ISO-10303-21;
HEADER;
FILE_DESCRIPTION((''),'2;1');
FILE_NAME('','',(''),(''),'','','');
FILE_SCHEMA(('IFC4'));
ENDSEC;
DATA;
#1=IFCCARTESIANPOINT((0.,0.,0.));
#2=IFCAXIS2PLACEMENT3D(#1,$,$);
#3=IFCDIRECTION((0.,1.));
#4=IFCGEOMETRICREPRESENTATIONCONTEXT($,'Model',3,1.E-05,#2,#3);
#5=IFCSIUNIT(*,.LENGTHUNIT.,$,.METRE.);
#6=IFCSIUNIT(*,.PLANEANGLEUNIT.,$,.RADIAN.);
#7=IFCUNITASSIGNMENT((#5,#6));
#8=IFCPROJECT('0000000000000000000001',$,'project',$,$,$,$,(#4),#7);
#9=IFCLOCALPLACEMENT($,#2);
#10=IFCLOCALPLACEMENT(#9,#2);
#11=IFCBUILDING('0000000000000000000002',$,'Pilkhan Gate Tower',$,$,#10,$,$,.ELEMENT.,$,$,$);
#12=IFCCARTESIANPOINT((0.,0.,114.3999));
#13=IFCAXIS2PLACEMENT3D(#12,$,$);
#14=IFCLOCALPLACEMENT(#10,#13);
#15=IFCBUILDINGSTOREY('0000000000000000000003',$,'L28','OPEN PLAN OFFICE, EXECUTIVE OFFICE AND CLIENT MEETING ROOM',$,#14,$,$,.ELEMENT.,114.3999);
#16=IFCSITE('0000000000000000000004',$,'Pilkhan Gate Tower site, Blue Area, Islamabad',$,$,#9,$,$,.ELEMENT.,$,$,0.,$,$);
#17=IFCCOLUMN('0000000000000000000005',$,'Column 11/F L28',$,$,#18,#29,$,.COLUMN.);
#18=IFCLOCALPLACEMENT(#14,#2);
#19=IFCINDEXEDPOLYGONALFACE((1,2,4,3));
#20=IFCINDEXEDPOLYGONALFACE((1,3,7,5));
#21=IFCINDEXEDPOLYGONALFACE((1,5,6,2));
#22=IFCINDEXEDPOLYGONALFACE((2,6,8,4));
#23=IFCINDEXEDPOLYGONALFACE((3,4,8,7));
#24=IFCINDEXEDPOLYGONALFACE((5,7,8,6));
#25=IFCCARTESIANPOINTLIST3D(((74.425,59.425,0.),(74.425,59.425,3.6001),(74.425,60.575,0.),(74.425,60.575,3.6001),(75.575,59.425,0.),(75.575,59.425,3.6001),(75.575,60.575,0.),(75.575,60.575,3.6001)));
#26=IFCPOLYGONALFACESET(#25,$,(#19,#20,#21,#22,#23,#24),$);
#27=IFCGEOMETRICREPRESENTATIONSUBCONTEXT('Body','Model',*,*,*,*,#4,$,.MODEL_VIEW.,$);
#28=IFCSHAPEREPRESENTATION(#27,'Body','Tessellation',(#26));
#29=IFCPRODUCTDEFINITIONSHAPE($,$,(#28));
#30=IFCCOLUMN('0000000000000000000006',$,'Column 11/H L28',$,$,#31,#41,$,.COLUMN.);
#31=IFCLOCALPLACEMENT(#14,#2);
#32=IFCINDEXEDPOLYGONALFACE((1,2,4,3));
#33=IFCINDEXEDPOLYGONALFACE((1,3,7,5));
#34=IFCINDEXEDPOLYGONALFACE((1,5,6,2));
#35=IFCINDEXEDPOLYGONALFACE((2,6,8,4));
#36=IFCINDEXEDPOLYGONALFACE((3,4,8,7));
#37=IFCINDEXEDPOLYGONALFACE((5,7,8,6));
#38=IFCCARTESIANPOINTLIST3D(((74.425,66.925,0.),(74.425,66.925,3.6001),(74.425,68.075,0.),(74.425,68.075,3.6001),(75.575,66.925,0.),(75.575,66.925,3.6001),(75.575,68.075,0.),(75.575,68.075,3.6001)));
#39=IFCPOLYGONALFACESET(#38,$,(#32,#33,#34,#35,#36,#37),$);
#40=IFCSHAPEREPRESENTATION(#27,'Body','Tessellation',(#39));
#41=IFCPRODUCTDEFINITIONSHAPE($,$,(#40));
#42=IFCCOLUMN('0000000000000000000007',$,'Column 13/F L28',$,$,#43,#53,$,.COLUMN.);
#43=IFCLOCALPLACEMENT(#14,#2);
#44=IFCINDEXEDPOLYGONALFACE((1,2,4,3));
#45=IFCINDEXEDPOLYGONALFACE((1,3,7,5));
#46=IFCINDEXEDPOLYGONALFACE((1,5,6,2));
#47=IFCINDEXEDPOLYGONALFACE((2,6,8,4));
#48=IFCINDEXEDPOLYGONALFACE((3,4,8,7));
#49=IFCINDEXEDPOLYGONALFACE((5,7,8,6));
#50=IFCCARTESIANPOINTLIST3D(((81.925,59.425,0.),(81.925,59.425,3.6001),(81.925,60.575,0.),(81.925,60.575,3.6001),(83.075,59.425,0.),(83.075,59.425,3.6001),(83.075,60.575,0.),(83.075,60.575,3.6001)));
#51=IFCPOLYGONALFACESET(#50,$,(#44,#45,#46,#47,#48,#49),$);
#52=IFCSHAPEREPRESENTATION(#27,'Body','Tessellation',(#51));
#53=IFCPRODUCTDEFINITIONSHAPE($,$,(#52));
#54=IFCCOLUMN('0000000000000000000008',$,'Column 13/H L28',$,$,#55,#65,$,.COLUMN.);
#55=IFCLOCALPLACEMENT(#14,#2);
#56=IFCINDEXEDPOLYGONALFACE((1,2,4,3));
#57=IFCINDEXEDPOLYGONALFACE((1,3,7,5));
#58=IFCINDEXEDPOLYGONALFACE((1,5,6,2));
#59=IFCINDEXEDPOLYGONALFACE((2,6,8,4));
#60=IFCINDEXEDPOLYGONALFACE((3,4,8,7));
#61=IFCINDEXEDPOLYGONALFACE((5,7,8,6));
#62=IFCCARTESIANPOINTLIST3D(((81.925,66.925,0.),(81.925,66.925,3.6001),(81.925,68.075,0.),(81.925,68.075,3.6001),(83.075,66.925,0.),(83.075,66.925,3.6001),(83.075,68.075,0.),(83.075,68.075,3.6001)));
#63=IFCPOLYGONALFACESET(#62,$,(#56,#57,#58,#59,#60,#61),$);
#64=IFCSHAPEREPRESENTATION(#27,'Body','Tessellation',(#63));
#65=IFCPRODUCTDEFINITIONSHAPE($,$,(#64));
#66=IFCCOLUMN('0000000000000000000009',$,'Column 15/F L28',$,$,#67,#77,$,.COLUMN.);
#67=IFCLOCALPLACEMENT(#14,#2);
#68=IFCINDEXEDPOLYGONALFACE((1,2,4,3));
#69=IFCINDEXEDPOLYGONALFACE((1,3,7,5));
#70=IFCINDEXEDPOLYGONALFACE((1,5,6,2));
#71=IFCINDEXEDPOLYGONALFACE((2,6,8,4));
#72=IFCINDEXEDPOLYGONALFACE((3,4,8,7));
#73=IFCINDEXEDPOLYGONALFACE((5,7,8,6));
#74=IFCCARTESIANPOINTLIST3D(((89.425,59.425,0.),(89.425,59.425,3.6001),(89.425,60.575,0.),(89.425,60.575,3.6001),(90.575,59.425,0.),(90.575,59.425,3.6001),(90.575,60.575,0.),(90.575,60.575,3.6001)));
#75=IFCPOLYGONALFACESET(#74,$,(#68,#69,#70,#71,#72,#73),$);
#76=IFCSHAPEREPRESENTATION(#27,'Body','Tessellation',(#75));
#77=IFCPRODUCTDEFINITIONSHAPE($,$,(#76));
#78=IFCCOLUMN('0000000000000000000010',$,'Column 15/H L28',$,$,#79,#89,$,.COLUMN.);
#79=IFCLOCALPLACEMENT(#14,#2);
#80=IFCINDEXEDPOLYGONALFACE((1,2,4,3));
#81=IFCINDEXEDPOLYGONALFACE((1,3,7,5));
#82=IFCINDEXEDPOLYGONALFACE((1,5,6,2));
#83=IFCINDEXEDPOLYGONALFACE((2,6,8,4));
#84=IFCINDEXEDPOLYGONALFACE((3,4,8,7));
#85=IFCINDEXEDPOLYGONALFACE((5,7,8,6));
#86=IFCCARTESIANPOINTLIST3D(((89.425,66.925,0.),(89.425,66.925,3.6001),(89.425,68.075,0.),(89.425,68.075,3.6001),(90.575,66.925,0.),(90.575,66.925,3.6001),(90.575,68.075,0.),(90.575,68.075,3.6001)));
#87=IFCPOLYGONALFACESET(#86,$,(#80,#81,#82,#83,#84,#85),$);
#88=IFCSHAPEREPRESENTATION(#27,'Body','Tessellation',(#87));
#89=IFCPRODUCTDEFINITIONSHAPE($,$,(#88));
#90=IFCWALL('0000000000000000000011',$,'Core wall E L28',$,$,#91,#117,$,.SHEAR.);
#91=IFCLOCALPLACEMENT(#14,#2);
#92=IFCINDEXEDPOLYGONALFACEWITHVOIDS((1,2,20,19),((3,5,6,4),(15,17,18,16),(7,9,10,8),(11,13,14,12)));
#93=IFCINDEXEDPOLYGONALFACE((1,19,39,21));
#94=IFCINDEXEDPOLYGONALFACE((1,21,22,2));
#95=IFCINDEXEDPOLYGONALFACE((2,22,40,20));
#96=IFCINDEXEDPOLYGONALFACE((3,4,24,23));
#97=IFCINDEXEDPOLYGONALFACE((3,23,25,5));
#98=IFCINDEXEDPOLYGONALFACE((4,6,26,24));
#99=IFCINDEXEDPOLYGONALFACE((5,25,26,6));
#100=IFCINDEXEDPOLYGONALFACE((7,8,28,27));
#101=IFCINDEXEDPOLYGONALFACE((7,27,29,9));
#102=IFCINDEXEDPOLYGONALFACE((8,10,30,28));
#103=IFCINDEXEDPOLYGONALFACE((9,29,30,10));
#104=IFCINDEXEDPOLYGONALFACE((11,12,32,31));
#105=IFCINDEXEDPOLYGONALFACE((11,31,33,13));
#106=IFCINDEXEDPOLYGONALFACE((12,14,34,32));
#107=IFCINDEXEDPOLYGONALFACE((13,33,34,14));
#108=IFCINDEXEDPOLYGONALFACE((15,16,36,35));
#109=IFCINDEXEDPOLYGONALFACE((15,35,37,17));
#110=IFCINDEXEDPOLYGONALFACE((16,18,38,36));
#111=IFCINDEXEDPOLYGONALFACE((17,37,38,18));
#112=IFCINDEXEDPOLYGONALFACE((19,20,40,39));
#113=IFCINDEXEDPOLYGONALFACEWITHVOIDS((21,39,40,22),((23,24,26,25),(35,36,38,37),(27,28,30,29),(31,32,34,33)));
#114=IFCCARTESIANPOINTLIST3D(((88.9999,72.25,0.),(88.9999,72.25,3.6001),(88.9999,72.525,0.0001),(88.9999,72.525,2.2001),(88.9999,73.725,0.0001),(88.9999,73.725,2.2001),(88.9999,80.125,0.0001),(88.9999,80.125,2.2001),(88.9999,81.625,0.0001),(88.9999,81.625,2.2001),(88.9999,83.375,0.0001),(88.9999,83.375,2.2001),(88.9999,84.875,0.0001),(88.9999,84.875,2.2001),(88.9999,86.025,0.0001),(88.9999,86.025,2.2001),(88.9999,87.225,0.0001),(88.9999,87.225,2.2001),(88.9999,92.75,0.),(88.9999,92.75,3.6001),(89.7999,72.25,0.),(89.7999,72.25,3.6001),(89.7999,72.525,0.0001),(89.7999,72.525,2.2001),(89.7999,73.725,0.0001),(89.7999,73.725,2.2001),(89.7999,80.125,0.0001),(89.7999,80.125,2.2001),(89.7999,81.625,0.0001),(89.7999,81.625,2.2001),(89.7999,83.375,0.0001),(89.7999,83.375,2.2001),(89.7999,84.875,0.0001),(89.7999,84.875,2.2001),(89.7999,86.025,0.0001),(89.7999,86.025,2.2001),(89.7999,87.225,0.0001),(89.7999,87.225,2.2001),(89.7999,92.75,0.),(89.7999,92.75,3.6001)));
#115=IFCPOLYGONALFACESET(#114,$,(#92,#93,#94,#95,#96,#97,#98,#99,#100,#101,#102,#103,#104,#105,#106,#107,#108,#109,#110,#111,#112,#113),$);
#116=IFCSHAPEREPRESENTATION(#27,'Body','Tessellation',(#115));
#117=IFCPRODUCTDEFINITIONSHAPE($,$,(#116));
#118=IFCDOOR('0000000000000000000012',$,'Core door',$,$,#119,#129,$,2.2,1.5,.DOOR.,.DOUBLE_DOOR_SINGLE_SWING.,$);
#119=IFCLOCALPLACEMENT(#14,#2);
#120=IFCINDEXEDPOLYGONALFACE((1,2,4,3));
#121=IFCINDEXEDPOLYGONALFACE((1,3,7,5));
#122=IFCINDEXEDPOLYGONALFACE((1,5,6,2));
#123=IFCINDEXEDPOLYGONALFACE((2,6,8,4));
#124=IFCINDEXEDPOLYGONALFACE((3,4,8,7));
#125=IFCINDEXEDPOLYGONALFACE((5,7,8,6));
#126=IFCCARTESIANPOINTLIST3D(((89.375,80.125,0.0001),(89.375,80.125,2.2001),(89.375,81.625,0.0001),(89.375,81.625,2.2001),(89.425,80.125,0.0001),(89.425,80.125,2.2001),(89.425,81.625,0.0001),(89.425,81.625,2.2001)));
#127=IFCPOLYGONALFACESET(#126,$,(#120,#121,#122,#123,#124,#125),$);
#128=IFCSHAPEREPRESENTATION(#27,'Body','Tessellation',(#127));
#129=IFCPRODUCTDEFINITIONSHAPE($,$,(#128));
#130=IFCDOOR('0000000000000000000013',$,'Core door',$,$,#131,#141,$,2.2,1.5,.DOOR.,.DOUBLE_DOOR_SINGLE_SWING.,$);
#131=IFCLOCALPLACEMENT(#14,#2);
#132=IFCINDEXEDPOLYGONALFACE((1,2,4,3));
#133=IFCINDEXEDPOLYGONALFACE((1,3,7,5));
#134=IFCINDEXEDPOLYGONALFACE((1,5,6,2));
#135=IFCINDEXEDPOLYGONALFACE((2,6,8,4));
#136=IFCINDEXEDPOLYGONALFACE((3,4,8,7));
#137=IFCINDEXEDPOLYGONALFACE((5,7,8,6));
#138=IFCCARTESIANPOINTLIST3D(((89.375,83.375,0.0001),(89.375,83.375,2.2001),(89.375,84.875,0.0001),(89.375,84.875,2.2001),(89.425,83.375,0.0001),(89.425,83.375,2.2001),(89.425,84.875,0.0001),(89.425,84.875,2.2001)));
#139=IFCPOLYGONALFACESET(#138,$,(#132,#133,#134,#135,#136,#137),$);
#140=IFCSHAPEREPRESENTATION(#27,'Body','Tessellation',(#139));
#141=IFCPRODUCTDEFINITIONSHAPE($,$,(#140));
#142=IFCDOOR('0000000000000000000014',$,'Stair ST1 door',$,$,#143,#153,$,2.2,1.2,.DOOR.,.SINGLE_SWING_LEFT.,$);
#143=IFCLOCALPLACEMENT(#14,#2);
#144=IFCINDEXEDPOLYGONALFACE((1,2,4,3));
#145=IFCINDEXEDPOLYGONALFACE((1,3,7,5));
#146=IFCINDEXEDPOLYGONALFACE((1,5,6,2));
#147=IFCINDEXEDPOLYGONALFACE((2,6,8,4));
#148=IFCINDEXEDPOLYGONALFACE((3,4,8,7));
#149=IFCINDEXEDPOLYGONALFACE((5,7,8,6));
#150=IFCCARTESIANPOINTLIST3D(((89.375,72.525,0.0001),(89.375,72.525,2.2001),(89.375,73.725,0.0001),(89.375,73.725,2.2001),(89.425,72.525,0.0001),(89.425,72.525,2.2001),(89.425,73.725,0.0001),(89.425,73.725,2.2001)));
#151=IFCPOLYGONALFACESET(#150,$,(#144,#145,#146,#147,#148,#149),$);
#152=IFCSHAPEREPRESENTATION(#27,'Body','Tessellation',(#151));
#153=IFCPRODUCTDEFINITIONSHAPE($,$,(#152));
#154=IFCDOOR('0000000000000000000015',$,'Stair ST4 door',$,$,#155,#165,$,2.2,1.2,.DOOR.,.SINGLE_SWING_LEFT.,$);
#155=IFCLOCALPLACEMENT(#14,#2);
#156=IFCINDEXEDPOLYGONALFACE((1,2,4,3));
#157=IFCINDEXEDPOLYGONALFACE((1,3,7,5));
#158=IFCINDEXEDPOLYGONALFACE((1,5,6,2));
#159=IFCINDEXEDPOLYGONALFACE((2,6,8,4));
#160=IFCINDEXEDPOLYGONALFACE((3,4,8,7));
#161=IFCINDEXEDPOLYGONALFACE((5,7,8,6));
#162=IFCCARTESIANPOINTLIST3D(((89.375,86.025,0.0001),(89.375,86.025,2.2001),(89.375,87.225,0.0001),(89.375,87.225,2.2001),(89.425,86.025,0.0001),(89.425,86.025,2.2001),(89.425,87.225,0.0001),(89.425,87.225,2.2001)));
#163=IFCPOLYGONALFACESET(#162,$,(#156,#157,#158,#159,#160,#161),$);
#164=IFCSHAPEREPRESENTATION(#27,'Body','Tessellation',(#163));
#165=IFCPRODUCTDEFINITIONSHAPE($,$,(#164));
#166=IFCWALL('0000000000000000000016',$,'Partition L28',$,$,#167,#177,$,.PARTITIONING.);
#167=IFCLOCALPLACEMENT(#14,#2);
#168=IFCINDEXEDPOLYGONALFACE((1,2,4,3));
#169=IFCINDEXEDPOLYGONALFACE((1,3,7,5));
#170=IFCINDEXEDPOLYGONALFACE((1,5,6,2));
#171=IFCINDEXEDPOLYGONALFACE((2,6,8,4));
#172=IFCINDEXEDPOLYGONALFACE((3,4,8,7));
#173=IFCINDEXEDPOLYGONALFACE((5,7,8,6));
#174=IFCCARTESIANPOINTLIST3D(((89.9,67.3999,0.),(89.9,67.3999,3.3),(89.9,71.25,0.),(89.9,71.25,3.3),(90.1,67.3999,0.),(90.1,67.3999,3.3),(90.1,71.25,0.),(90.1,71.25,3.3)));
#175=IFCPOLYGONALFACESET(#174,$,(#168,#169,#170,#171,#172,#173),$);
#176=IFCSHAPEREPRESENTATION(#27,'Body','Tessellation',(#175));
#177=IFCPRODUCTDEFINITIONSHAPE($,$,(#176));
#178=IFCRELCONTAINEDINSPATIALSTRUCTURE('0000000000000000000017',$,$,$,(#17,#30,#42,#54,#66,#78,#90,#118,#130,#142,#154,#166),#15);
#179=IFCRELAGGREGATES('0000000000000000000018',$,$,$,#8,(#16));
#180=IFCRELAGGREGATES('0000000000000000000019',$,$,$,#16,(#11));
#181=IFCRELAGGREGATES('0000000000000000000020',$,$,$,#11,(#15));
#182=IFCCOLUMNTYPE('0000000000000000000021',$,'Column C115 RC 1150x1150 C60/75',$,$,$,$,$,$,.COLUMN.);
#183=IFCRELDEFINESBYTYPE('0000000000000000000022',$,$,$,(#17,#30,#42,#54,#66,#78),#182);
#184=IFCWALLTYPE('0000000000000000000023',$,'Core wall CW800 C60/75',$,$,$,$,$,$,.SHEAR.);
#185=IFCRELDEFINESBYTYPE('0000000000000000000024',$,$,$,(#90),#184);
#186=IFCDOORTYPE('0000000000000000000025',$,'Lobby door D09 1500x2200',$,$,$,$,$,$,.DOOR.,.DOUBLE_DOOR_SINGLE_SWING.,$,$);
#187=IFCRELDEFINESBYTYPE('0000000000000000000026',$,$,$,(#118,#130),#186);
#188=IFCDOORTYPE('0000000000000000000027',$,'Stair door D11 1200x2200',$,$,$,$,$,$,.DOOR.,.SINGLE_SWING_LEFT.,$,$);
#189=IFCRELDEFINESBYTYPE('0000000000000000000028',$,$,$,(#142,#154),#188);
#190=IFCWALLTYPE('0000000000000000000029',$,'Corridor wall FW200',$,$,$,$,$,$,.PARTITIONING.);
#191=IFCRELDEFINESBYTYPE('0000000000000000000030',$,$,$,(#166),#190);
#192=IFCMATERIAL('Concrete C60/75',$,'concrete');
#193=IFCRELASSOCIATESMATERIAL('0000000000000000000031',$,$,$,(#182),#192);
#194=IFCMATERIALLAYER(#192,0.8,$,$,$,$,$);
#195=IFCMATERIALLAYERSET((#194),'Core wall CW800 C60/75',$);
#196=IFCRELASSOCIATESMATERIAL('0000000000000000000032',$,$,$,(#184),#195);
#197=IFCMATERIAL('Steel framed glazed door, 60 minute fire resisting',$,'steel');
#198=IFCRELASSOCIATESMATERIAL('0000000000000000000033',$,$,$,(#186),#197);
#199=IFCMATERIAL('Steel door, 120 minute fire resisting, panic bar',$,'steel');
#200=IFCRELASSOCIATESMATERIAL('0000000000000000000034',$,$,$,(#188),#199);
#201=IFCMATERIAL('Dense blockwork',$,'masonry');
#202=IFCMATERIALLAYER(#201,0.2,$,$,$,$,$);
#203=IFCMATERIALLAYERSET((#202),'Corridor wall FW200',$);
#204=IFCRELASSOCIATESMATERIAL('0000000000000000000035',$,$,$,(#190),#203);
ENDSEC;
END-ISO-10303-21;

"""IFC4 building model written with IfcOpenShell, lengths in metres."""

from ifc_helpers import new_model, si_unit, direction, frame, frame_2d, origin, origin_2d, place, context, subcontext, project, spatial, rectangle, extrude, material, layer, layer_set, material_profile, profile_set, type_object, element, fill, save


model = new_model("IFC4")

# Units and contexts
model_context = context("Model", 3, precision=1e-05, world=origin(), true_north=direction((0.0, 1.0)))
body_context = subcontext(model_context, "Body", "Model", "MODEL_VIEW")
ifc_project = project(units=[si_unit("LENGTHUNIT", "METRE"), si_unit("PLANEANGLEUNIT", "RADIAN")], contexts=[model_context])

# Site, building, storey
site_placement = place(None, origin())
site = spatial("IfcSite", under=ifc_project, at=site_placement, Name="Pilkhan Gate Tower site, Blue Area, Islamabad", CompositionType="ELEMENT", RefElevation=0.0)
building_placement = place(site_placement, origin())
building = spatial("IfcBuilding", under=site, at=building_placement, Name="Pilkhan Gate Tower", CompositionType="ELEMENT")
storey_placement = place(building_placement, frame((0.0, 0.0, 114.3999)))
storey = spatial("IfcBuildingStorey", under=building, at=storey_placement, Name="L28", Description="OPEN PLAN OFFICE, EXECUTIVE OFFICE AND CLIENT MEETING ROOM", CompositionType="ELEMENT", Elevation=114.3999)

# Columns
ifc_material_1 = material(Name="Concrete C60/75", Category="concrete")
ifc_material_profile = material_profile(ifc_material_1, rectangle(XDim=1.1499, YDim=1.1499, at=origin_2d()), Name="RC 1150x1150")
ifc_profile_set = profile_set([ifc_material_profile], Name="Concrete C60/75")
column_type = type_object("IfcColumnType", Name="Column C115 RC 1150x1150 C60/75", PredefinedType="COLUMN", material=ifc_profile_set)
for number, where, z_axis, x_axis, name in (
    (1, (75.0, 60.0, 0.0), (0.0, 0.0, 1.0), (1.0, 0.0, 0.0), "Column 11/F L28"),
    (2, (75.0, 67.5, 0.0), (0.0, 0.0, 1.0), (1.0, 0.0, 0.0), "Column 11/H L28"),
    (3, (82.5, 60.0, 0.0), (0.0, 0.0, 1.0), (1.0, 0.0, 0.0), "Column 13/F L28"),
    (4, (82.5, 67.5, 0.0), (0.0, 0.0, 1.0), (1.0, 0.0, 0.0), "Column 13/H L28"),
    (5, (90.0, 60.0, 0.0), (0.0, 0.0, 1.0), (1.0, 0.0, 0.0), "Column 15/F L28"),
    (6, (90.0, 67.5, 0.0), (0.0, 0.0, 1.0), (1.0, 0.0, 0.0), "Column 15/H L28"),
):
    element("IfcColumn", number, at=place(storey_placement, frame(where, z_axis=z_axis, x_axis=x_axis)), inside=storey, type_object=column_type, Name=name, PredefinedType="COLUMN", context=body_context, shape_type="SweptSolid", body=[
        extrude(rectangle(XDim=1.1499, YDim=1.1499, at=origin_2d()), origin(), (0.0, 0.0, 1.0), 3.6001),
    ])

# Wall, openings, doors
ifc_layer_1 = layer(ifc_material_1, 0.8)
ifc_layer_set_1 = layer_set([ifc_layer_1], Name="Core wall CW800 C60/75")
wall_type_1 = type_object("IfcWallType", Name="Core wall CW800 C60/75", PredefinedType="SHEAR", material=ifc_layer_set_1)
wall_1_placement = place(storey_placement, frame((89.3999, 72.25, 0.0), z_axis=(0.0, 0.0, 1.0), x_axis=(0.0, 1.0, 0.0)))
wall_1 = element("IfcWall", 7, at=wall_1_placement, inside=storey, type_object=wall_type_1, Name="Core wall E L28", PredefinedType="SHEAR", context=body_context, shape_type="SweptSolid", body=[
    extrude(rectangle(XDim=20.5, YDim=0.8, at=frame_2d((10.25, 0.0))), origin(), (0.0, 0.0, 1.0), 3.6001),
])
opening_1_placement = place(wall_1_placement, frame((0.2749, 0.0, 0.0)))
opening_1 = element("IfcOpeningElement", 8, at=opening_1_placement, cuts=wall_1, PredefinedType="OPENING", context=body_context, shape_type="SweptSolid", body=[
    extrude(rectangle(XDim=1.2, YDim=2.2, at=frame_2d((0.6001, 1.1001))), frame((0.0, 0.4099, 0.0), z_axis=(0.0, -1.0, 0.0), x_axis=(1.0, 0.0, 0.0)), (0.0, 0.0, 1.0), 0.8201),
])
opening_2_placement = place(wall_1_placement, frame((13.7749, 0.0, 0.0)))
opening_2 = element("IfcOpeningElement", 9, at=opening_2_placement, cuts=wall_1, PredefinedType="OPENING", context=body_context, shape_type="SweptSolid", body=[
    extrude(rectangle(XDim=1.2, YDim=2.2, at=frame_2d((0.6001, 1.1001))), frame((0.0, 0.4099, 0.0), z_axis=(0.0, -1.0, 0.0), x_axis=(1.0, 0.0, 0.0)), (0.0, 0.0, 1.0), 0.8201),
])
opening_3_placement = place(wall_1_placement, frame((7.875, 0.0, 0.0)))
opening_3 = element("IfcOpeningElement", 10, at=opening_3_placement, cuts=wall_1, PredefinedType="OPENING", context=body_context, shape_type="SweptSolid", body=[
    extrude(rectangle(XDim=1.5, YDim=2.2, at=frame_2d((0.75, 1.1001))), frame((0.0, 0.4099, 0.0), z_axis=(0.0, -1.0, 0.0), x_axis=(1.0, 0.0, 0.0)), (0.0, 0.0, 1.0), 0.8201),
])
opening_4_placement = place(wall_1_placement, frame((11.125, 0.0, 0.0)))
opening_4 = element("IfcOpeningElement", 11, at=opening_4_placement, cuts=wall_1, PredefinedType="OPENING", context=body_context, shape_type="SweptSolid", body=[
    extrude(rectangle(XDim=1.5, YDim=2.2, at=frame_2d((0.75, 1.1001))), frame((0.0, 0.4099, 0.0), z_axis=(0.0, -1.0, 0.0), x_axis=(1.0, 0.0, 0.0)), (0.0, 0.0, 1.0), 0.8201),
])
ifc_material_2 = material(Name="Steel framed glazed door, 60 minute fire resisting", Category="steel")
door_type_1 = type_object("IfcDoorType", Name="Lobby door D09 1500x2200", OperationType="DOUBLE_DOOR_SINGLE_SWING", PredefinedType="DOOR", material=ifc_material_2)
door_1_placement = place(opening_3_placement, origin())
door_1 = element("IfcDoor", 12, at=door_1_placement, inside=storey, type_object=door_type_1, Name="Core door", OperationType="DOUBLE_DOOR_SINGLE_SWING", OverallHeight=2.2, OverallWidth=1.5, PredefinedType="DOOR", context=body_context, shape_type="SweptSolid", body=[
    extrude(rectangle(XDim=1.5, YDim=2.2, at=frame_2d((0.75, 1.1001))), frame((0.0, 0.0249, 0.0), z_axis=(0.0, -1.0, 0.0), x_axis=(1.0, 0.0, 0.0)), (0.0, 0.0, 1.0), 0.05),
])
fill(opening_3, door_1)
door_2_placement = place(opening_4_placement, origin())
door_2 = element("IfcDoor", 13, at=door_2_placement, inside=storey, type_object=door_type_1, Name="Core door", OperationType="DOUBLE_DOOR_SINGLE_SWING", OverallHeight=2.2, OverallWidth=1.5, PredefinedType="DOOR", context=body_context, shape_type="SweptSolid", body=[
    extrude(rectangle(XDim=1.5, YDim=2.2, at=frame_2d((0.75, 1.1001))), frame((0.0, 0.0249, 0.0), z_axis=(0.0, -1.0, 0.0), x_axis=(1.0, 0.0, 0.0)), (0.0, 0.0, 1.0), 0.05),
])
fill(opening_4, door_2)
ifc_material_3 = material(Name="Steel door, 120 minute fire resisting, panic bar", Category="steel")
door_type_2 = type_object("IfcDoorType", Name="Stair door D11 1200x2200", OperationType="SINGLE_SWING_LEFT", PredefinedType="DOOR", material=ifc_material_3)
door_3_placement = place(opening_1_placement, origin())
door_3 = element("IfcDoor", 14, at=door_3_placement, inside=storey, type_object=door_type_2, Name="Stair ST1 door", OperationType="SINGLE_SWING_LEFT", OverallHeight=2.2, OverallWidth=1.2, PredefinedType="DOOR", context=body_context, shape_type="SweptSolid", body=[
    extrude(rectangle(XDim=1.2, YDim=2.2, at=frame_2d((0.6001, 1.1001))), frame((0.0, 0.0249, 0.0), z_axis=(0.0, -1.0, 0.0), x_axis=(1.0, 0.0, 0.0)), (0.0, 0.0, 1.0), 0.05),
])
fill(opening_1, door_3)
door_4_placement = place(opening_2_placement, origin())
door_4 = element("IfcDoor", 15, at=door_4_placement, inside=storey, type_object=door_type_2, Name="Stair ST4 door", OperationType="SINGLE_SWING_LEFT", OverallHeight=2.2, OverallWidth=1.2, PredefinedType="DOOR", context=body_context, shape_type="SweptSolid", body=[
    extrude(rectangle(XDim=1.2, YDim=2.2, at=frame_2d((0.6001, 1.1001))), frame((0.0, 0.0249, 0.0), z_axis=(0.0, -1.0, 0.0), x_axis=(1.0, 0.0, 0.0)), (0.0, 0.0, 1.0), 0.05),
])
fill(opening_2, door_4)

# Wall
ifc_material_4 = material(Name="Dense blockwork", Category="masonry")
ifc_layer_2 = layer(ifc_material_4, 0.2)
ifc_layer_set_2 = layer_set([ifc_layer_2], Name="Corridor wall FW200")
wall_type_2 = type_object("IfcWallType", Name="Corridor wall FW200", PredefinedType="PARTITIONING", material=ifc_layer_set_2)
wall_2_placement = place(storey_placement, frame((90.0, 67.3999, 0.0), z_axis=(0.0, 0.0, 1.0), x_axis=(0.0, 1.0, 0.0)))
element("IfcWall", 16, at=wall_2_placement, inside=storey, type_object=wall_type_2, Name="Partition L28", PredefinedType="PARTITIONING", context=body_context, shape_type="SweptSolid", body=[
    extrude(rectangle(XDim=3.8501, YDim=0.2, at=frame_2d((1.925, 0.0))), origin(), (0.0, 0.0, 1.0), 3.3),
])

save(model, "model.ifc")
